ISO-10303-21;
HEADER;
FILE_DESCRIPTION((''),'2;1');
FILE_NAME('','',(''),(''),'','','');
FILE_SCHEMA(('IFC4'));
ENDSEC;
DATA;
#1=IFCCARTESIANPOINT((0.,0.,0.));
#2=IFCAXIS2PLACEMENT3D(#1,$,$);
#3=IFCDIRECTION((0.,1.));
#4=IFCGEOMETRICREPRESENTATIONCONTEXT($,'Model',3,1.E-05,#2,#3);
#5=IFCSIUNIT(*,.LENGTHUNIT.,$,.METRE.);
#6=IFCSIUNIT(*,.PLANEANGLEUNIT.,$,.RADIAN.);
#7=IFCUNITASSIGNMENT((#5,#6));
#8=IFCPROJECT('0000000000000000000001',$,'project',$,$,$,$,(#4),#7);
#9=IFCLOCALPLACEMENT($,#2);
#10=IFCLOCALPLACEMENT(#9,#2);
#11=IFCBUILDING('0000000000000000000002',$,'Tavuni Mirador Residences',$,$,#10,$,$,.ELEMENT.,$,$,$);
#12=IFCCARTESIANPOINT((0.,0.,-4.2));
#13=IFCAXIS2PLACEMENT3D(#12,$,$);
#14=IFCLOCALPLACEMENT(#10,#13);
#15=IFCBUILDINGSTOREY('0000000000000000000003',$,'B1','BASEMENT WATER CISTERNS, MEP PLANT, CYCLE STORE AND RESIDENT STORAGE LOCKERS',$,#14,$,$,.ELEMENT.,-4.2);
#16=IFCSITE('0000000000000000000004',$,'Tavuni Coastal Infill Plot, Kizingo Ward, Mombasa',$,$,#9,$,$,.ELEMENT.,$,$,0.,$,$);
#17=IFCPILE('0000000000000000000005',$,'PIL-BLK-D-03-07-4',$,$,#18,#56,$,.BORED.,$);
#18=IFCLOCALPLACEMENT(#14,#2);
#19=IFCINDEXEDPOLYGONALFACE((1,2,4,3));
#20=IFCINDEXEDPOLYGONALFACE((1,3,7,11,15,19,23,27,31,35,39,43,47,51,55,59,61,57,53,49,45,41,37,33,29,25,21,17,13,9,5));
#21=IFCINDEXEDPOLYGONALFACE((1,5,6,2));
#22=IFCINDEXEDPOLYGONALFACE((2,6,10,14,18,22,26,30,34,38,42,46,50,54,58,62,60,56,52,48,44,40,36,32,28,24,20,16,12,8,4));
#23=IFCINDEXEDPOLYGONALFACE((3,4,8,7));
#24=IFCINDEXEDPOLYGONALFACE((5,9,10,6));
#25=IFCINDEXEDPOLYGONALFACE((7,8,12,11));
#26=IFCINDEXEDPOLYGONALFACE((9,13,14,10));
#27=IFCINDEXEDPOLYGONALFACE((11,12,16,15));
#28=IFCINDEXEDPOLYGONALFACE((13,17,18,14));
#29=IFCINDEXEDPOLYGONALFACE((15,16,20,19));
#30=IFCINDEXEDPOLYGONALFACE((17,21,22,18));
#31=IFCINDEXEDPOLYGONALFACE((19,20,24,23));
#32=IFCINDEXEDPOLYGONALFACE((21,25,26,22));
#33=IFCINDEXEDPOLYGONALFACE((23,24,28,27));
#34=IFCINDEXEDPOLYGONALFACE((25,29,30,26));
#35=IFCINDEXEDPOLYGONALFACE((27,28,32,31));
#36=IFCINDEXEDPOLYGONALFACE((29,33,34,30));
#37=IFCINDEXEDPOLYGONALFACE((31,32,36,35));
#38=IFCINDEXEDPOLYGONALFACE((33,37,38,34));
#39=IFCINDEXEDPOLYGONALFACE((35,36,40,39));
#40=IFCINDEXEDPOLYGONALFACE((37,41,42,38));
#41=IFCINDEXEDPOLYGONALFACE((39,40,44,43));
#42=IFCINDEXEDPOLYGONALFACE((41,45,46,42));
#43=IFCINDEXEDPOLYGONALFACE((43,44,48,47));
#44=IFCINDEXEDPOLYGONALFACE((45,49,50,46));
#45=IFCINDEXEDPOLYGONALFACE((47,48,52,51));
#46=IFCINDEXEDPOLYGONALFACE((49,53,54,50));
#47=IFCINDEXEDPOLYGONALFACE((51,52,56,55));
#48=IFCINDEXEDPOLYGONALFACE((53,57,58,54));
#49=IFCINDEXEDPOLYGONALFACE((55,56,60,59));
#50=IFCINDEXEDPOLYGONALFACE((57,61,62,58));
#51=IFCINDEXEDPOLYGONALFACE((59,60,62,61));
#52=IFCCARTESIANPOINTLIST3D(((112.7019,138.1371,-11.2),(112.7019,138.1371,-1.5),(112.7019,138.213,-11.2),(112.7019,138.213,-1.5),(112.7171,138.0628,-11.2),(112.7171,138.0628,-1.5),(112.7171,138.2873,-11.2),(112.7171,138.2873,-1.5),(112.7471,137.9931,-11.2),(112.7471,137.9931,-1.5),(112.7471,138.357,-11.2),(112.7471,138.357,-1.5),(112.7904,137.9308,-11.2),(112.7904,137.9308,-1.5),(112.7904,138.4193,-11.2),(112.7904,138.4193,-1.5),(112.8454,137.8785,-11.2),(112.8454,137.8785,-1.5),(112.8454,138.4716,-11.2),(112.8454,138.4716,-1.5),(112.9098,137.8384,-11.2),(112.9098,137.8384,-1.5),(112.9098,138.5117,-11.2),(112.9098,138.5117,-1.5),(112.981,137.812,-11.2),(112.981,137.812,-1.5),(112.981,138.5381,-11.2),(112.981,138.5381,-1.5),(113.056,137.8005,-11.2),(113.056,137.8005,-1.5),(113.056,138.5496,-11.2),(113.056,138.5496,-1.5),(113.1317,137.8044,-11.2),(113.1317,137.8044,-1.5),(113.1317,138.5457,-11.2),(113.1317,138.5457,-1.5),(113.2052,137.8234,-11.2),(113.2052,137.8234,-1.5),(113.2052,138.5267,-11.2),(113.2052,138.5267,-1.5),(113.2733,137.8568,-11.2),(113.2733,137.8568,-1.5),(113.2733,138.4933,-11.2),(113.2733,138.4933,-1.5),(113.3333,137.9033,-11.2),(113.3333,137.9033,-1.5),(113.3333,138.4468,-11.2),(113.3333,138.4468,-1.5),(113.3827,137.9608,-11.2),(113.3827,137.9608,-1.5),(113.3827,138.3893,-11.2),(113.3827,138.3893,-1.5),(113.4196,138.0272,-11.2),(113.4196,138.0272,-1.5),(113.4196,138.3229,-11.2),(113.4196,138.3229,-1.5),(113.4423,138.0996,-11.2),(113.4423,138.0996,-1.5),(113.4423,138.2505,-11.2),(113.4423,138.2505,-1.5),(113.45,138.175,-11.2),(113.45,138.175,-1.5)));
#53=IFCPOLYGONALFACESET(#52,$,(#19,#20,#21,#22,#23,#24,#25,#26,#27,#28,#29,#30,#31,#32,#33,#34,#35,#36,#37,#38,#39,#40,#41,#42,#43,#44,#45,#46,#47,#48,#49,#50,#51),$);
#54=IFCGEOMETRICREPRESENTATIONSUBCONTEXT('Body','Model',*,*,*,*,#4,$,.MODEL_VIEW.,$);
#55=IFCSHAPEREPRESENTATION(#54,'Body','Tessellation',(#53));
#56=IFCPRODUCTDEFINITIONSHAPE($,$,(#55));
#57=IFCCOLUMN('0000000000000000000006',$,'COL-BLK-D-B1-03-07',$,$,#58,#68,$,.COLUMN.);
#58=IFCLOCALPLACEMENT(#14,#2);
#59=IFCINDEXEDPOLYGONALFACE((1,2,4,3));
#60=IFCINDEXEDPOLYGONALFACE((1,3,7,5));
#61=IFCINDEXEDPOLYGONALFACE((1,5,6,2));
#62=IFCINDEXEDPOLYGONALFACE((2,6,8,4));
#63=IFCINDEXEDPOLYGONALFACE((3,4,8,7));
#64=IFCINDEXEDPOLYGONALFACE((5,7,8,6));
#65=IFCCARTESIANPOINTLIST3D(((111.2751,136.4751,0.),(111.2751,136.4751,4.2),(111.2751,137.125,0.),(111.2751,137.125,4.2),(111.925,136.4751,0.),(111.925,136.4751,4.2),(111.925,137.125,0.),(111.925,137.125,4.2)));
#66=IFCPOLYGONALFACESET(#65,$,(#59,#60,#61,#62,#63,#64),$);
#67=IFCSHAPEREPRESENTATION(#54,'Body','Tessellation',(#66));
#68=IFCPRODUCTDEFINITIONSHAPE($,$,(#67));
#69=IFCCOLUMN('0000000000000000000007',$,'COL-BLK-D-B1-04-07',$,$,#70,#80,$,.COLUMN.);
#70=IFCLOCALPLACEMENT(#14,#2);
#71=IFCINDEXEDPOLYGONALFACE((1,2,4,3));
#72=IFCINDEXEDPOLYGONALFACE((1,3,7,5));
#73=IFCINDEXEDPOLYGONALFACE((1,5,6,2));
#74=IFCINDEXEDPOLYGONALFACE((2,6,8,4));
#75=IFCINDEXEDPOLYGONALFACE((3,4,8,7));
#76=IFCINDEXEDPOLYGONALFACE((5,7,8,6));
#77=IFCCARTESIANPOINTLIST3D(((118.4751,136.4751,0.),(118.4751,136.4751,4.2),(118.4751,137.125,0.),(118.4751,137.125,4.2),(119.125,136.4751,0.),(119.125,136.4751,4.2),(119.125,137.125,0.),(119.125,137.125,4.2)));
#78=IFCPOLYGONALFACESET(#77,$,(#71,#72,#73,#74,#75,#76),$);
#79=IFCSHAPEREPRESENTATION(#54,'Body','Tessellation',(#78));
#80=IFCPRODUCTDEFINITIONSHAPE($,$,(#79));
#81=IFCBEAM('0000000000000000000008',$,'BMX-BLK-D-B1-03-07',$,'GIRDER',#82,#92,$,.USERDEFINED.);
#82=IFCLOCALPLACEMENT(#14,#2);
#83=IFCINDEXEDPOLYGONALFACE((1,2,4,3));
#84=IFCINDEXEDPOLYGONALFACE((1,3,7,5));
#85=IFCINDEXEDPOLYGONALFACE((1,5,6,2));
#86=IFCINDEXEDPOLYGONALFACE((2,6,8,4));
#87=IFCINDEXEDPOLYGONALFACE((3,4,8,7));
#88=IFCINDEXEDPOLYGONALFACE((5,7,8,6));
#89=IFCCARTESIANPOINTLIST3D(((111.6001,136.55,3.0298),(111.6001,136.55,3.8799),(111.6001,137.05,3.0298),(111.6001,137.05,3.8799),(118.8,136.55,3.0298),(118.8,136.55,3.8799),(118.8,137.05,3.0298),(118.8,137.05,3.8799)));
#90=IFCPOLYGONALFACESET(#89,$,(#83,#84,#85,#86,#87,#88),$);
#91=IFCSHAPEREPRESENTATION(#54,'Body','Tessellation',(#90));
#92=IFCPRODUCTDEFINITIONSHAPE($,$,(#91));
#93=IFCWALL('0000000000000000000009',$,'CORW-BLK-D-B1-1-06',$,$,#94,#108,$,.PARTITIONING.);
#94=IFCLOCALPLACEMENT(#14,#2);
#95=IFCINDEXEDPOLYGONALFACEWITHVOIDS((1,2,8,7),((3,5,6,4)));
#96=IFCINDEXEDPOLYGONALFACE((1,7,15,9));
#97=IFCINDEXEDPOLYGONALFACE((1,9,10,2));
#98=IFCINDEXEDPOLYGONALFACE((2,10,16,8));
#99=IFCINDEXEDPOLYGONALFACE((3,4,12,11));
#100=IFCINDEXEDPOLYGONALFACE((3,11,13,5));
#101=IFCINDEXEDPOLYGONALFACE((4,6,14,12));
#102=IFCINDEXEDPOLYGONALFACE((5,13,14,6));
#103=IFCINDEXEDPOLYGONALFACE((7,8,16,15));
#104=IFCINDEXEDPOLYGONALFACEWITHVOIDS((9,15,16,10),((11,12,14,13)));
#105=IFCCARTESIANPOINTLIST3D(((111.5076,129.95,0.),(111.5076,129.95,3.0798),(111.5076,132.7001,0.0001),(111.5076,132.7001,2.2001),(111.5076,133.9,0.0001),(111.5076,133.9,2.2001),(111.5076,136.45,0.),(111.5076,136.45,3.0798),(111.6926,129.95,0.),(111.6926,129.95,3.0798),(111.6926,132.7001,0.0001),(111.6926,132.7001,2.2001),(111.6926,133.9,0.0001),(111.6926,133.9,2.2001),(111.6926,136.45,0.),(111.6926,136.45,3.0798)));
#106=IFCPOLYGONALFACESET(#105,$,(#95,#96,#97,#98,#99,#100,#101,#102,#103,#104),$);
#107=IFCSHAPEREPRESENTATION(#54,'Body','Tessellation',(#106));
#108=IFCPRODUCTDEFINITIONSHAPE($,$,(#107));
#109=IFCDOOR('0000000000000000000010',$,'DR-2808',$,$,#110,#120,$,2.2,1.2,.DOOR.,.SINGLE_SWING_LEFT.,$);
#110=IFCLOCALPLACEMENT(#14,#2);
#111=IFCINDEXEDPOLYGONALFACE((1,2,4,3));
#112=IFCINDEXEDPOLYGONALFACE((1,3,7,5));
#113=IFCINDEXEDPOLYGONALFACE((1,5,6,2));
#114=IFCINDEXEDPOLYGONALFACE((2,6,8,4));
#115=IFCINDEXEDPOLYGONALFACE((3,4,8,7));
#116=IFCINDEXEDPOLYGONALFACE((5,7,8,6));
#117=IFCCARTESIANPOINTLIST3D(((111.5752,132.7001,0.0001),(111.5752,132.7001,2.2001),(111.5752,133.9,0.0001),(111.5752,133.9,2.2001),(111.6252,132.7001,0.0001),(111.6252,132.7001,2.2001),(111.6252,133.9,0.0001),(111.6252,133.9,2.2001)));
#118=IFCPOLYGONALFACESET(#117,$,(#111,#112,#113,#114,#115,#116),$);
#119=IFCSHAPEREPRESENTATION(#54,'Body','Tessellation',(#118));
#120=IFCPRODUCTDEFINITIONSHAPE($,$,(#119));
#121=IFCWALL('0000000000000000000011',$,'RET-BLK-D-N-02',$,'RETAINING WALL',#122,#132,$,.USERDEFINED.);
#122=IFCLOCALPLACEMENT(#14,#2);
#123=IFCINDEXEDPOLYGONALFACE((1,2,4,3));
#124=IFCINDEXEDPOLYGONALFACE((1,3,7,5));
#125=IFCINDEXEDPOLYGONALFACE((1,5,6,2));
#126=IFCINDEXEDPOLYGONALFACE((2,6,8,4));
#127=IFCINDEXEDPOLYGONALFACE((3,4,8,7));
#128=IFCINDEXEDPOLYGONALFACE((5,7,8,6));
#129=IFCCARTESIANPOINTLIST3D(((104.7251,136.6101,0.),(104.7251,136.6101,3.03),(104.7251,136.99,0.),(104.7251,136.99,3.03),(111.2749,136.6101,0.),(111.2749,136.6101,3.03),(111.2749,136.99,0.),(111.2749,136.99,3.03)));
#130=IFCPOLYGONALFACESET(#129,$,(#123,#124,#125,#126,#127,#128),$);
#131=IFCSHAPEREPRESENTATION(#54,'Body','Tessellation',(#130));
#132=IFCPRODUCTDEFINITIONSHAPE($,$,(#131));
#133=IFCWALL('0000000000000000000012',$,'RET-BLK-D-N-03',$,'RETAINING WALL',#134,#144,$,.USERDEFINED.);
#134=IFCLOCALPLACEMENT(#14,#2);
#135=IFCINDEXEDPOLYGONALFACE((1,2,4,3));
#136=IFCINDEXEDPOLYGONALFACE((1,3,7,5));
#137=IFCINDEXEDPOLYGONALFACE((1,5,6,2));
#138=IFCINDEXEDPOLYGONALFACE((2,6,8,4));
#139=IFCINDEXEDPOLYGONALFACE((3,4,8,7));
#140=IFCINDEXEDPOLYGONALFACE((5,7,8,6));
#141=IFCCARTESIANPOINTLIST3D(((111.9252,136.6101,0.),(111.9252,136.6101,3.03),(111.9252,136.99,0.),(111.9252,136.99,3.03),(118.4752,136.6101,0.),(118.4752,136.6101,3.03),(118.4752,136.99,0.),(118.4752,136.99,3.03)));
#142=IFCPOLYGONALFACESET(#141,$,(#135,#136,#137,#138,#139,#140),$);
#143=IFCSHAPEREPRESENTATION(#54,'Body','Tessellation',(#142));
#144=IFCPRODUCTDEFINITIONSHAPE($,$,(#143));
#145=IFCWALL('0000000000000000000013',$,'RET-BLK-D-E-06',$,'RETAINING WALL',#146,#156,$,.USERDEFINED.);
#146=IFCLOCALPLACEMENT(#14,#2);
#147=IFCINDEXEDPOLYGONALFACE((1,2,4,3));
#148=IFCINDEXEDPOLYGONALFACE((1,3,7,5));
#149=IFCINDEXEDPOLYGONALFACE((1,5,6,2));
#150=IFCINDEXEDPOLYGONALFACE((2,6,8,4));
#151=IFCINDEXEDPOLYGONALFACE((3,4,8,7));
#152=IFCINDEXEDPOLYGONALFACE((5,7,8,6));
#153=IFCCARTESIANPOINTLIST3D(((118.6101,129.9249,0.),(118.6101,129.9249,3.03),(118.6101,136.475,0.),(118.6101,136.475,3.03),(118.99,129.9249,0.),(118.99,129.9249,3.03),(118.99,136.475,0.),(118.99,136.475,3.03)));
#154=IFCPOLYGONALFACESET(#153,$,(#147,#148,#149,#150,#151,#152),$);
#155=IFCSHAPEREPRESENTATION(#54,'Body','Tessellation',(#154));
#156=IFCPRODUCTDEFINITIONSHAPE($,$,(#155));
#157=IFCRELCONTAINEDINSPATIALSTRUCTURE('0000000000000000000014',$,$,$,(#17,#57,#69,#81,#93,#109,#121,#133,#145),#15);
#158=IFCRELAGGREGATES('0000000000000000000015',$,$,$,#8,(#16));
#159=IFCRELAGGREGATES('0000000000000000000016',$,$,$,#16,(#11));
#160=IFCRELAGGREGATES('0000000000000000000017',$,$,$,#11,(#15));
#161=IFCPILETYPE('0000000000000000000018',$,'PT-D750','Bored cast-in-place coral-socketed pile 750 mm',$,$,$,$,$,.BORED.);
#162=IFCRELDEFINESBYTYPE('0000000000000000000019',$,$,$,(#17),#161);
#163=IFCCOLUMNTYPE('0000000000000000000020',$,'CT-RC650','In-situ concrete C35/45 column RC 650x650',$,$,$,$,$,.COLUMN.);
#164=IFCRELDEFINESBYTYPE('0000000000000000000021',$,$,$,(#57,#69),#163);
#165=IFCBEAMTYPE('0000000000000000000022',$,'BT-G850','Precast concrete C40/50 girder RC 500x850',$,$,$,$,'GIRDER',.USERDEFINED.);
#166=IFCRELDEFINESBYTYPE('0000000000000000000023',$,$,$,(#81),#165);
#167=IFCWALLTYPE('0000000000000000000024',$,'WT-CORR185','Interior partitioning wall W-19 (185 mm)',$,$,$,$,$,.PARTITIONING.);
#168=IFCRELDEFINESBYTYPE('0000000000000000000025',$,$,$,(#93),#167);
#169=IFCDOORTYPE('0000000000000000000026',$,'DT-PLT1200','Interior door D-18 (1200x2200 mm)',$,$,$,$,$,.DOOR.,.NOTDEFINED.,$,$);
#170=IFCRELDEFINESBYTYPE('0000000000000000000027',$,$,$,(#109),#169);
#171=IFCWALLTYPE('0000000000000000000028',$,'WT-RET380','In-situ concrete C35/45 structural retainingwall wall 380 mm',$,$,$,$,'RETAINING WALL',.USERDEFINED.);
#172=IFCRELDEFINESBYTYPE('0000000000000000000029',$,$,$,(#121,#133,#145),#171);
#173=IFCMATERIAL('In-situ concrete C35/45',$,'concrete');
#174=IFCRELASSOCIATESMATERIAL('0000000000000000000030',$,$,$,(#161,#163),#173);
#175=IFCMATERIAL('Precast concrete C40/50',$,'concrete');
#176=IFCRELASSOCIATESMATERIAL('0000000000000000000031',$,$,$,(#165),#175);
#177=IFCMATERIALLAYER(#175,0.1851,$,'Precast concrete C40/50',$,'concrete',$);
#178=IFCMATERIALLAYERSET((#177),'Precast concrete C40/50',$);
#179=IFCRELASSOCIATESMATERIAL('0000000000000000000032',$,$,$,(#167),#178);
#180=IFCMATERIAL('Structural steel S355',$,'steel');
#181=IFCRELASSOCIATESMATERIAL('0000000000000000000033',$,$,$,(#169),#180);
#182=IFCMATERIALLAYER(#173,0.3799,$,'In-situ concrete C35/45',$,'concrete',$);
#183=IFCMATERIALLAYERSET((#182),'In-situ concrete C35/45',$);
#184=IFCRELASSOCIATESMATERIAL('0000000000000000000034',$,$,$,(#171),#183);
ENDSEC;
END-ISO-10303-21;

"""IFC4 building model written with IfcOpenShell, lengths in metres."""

from ifc_helpers import new_model, si_unit, direction, frame, frame_2d, origin, origin_2d, place, context, subcontext, project, spatial, rectangle, circle, extrude, material, layer, layer_set, material_profile, profile_set, type_object, element, fill, save


model = new_model("IFC4")

# Units and contexts
model_context = context("Model", 3, precision=1e-05, world=origin(), true_north=direction((0.0, 1.0)))
body_context = subcontext(model_context, "Body", "Model", "MODEL_VIEW")
ifc_project = project(units=[si_unit("LENGTHUNIT", "METRE"), si_unit("PLANEANGLEUNIT", "RADIAN")], contexts=[model_context])

# Site, building, storey
site_placement = place(None, origin())
site = spatial("IfcSite", under=ifc_project, at=site_placement, Name="Tavuni Coastal Infill Plot, Kizingo Ward, Mombasa", CompositionType="ELEMENT", RefElevation=0.0)
building_placement = place(site_placement, origin())
building = spatial("IfcBuilding", under=site, at=building_placement, Name="Tavuni Mirador Residences", CompositionType="ELEMENT")
storey_placement = place(building_placement, frame((0.0, 0.0, -4.2)))
storey = spatial("IfcBuildingStorey", under=building, at=storey_placement, Name="B1", Description="BASEMENT WATER CISTERNS, MEP PLANT, CYCLE STORE AND RESIDENT STORAGE LOCKERS", CompositionType="ELEMENT", Elevation=-4.2)

# Shared definitions
ifc_material_1 = material(Name="In-situ concrete C35/45", Category="concrete")

# Pile
ifc_material_profile_1 = material_profile(ifc_material_1, circle(Radius=0.375, at=origin_2d()), Name="PILE D750", Category="concrete")
ifc_profile_set_1 = profile_set([ifc_material_profile_1], Name="In-situ concrete C35/45")
pile_type_1 = type_object("IfcPileType", Name="PT-D750", Description="Bored cast-in-place coral-socketed pile 750 mm", PredefinedType="BORED", material=ifc_profile_set_1)
for number, where, z_axis, x_axis, name in (
    (1, (113.075, 138.175, -1.5), (0.0, 0.0, -1.0), (1.0, 0.0, 0.0), "PIL-BLK-D-03-07-4"),
):
    element("IfcPile", number, at=place(storey_placement, frame(where, z_axis=z_axis, x_axis=x_axis)), inside=storey, type_object=pile_type_1, Name=name, PredefinedType="BORED", context=body_context, shape_type="SweptSolid", body=[
        extrude(circle(Radius=0.375, at=origin_2d()), origin(), (0.0, 0.0, 1.0), 9.7),
    ])

# Columns
ifc_material_profile_2 = material_profile(ifc_material_1, rectangle(XDim=0.6499, YDim=0.6499, at=origin_2d()), Name="RC 650x650", Category="concrete")
ifc_profile_set_2 = profile_set([ifc_material_profile_2], Name="In-situ concrete C35/45")
column_type = type_object("IfcColumnType", Name="CT-RC650", Description="In-situ concrete C35/45 column RC 650x650", PredefinedType="COLUMN", material=ifc_profile_set_2)
for number, where, z_axis, x_axis, name in (
    (2, (111.6001, 136.8, 0.0), (0.0, 0.0, 1.0), (1.0, 0.0, 0.0), "COL-BLK-D-B1-03-07"),
    (3, (118.8, 136.8, 0.0), (0.0, 0.0, 1.0), (1.0, 0.0, 0.0), "COL-BLK-D-B1-04-07"),
):
    element("IfcColumn", number, at=place(storey_placement, frame(where, z_axis=z_axis, x_axis=x_axis)), inside=storey, type_object=column_type, Name=name, PredefinedType="COLUMN", context=body_context, shape_type="SweptSolid", body=[
        extrude(rectangle(XDim=0.6499, YDim=0.6499, at=origin_2d()), origin(), (0.0, 0.0, 1.0), 4.2),
    ])

# Beam
ifc_material_2 = material(Name="Precast concrete C40/50", Category="concrete")
ifc_material_profile_3 = material_profile(ifc_material_2, rectangle(XDim=0.5, YDim=0.8501, at=origin_2d()), Name="RC 500x850", Category="concrete")
ifc_profile_set_3 = profile_set([ifc_material_profile_3], Name="Precast concrete C40/50")
beam_type = type_object("IfcBeamType", Name="BT-G850", Description="Precast concrete C40/50 girder RC 500x850", ElementType="GIRDER", PredefinedType="USERDEFINED", material=ifc_profile_set_3)
beam_placement = place(storey_placement, frame((111.6001, 136.8, 3.4548), z_axis=(1.0, 0.0, 0.0), x_axis=(0.0, 1.0, 0.0)))
element("IfcBeam", 4, at=beam_placement, inside=storey, type_object=beam_type, Name="BMX-BLK-D-B1-03-07", ObjectType="GIRDER", PredefinedType="USERDEFINED", context=body_context, shape_type="SweptSolid", body=[
    extrude(rectangle(XDim=0.5, YDim=0.8501, at=origin_2d()), origin(), (0.0, 0.0, 1.0), 7.2),
])

# Wall, opening, door
ifc_layer_1 = layer(ifc_material_2, 0.1851, Name="Precast concrete C40/50", Category="concrete")
ifc_layer_set_1 = layer_set([ifc_layer_1], Name="Precast concrete C40/50")
wall_type_1 = type_object("IfcWallType", Name="WT-CORR185", Description="Interior partitioning wall W-19 (185 mm)", PredefinedType="PARTITIONING", material=ifc_layer_set_1)
wall_1_placement = place(storey_placement, frame((111.6001, 129.95, 0.0), z_axis=(0.0, 0.0, 1.0), x_axis=(0.0, 1.0, 0.0)))
wall_1 = element("IfcWall", 5, at=wall_1_placement, inside=storey, type_object=wall_type_1, Name="CORW-BLK-D-B1-1-06", PredefinedType="PARTITIONING", context=body_context, shape_type="SweptSolid", body=[
    extrude(rectangle(XDim=6.5, YDim=0.1851, at=frame_2d((3.25, 0.0))), origin(), (0.0, 0.0, 1.0), 3.0798),
])
opening_placement = place(wall_1_placement, frame((2.75, 0.0, 0.0)))
opening = element("IfcOpeningElement", 6, at=opening_placement, cuts=wall_1, PredefinedType="OPENING", context=body_context, shape_type="SweptSolid", body=[
    extrude(rectangle(XDim=1.2, YDim=2.2, at=frame_2d((0.6001, 1.1001))), frame((0.0, 0.1025, 0.0), z_axis=(0.0, -1.0, 0.0), x_axis=(1.0, 0.0, 0.0)), (0.0, 0.0, 1.0), 0.2051),
])
ifc_material_3 = material(Name="Structural steel S355", Category="steel")
door_type = type_object("IfcDoorType", Name="DT-PLT1200", Description="Interior door D-18 (1200x2200 mm)", OperationType="NOTDEFINED", PredefinedType="DOOR", material=ifc_material_3)
door_placement = place(opening_placement, origin())
door = element("IfcDoor", 7, at=door_placement, inside=storey, type_object=door_type, Name="DR-2808", OperationType="SINGLE_SWING_LEFT", OverallHeight=2.2, OverallWidth=1.2, PredefinedType="DOOR", context=body_context, shape_type="SweptSolid", body=[
    extrude(rectangle(XDim=1.2, YDim=2.2, at=frame_2d((0.6001, 1.1001))), frame((0.0, 0.0249, 0.0), z_axis=(0.0, -1.0, 0.0), x_axis=(1.0, 0.0, 0.0)), (0.0, 0.0, 1.0), 0.05),
])
fill(opening, door)

# Walls
ifc_layer_2 = layer(ifc_material_1, 0.3799, Name="In-situ concrete C35/45", Category="concrete")
ifc_layer_set_2 = layer_set([ifc_layer_2], Name="In-situ concrete C35/45")
wall_type_2 = type_object("IfcWallType", Name="WT-RET380", Description="In-situ concrete C35/45 structural retainingwall wall 380 mm", ElementType="RETAINING WALL", PredefinedType="USERDEFINED", material=ifc_layer_set_2)
wall_2_placement = place(storey_placement, frame((111.2749, 136.8, 0.0), z_axis=(0.0, 0.0, 1.0), x_axis=(-1.0, 0.0, 0.0)))
element("IfcWall", 8, at=wall_2_placement, inside=storey, type_object=wall_type_2, Name="RET-BLK-D-N-02", ObjectType="RETAINING WALL", PredefinedType="USERDEFINED", context=body_context, shape_type="SweptSolid", body=[
    extrude(rectangle(XDim=6.5498, YDim=0.3799, at=frame_2d((3.2749, 0.0))), origin(), (0.0, 0.0, 1.0), 3.03),
])
for number, where, z_axis, x_axis, name in (
    (9, (118.4751, 136.8, 0.0), (0.0, 0.0, 1.0), (-1.0, 0.0, 0.0), "RET-BLK-D-N-03"),
    (10, (118.8, 129.925, 0.0), (0.0, 0.0, 1.0), (0.0, 1.0, 0.0), "RET-BLK-D-E-06"),
):
    element("IfcWall", number, at=place(storey_placement, frame(where, z_axis=z_axis, x_axis=x_axis)), inside=storey, type_object=wall_type_2, Name=name, ObjectType="RETAINING WALL", PredefinedType="USERDEFINED", context=body_context, shape_type="SweptSolid", body=[
        extrude(rectangle(XDim=6.55, YDim=0.3799, at=frame_2d((3.2749, 0.0))), origin(), (0.0, 0.0, 1.0), 3.03),
    ])

save(model, "model.ifc")
